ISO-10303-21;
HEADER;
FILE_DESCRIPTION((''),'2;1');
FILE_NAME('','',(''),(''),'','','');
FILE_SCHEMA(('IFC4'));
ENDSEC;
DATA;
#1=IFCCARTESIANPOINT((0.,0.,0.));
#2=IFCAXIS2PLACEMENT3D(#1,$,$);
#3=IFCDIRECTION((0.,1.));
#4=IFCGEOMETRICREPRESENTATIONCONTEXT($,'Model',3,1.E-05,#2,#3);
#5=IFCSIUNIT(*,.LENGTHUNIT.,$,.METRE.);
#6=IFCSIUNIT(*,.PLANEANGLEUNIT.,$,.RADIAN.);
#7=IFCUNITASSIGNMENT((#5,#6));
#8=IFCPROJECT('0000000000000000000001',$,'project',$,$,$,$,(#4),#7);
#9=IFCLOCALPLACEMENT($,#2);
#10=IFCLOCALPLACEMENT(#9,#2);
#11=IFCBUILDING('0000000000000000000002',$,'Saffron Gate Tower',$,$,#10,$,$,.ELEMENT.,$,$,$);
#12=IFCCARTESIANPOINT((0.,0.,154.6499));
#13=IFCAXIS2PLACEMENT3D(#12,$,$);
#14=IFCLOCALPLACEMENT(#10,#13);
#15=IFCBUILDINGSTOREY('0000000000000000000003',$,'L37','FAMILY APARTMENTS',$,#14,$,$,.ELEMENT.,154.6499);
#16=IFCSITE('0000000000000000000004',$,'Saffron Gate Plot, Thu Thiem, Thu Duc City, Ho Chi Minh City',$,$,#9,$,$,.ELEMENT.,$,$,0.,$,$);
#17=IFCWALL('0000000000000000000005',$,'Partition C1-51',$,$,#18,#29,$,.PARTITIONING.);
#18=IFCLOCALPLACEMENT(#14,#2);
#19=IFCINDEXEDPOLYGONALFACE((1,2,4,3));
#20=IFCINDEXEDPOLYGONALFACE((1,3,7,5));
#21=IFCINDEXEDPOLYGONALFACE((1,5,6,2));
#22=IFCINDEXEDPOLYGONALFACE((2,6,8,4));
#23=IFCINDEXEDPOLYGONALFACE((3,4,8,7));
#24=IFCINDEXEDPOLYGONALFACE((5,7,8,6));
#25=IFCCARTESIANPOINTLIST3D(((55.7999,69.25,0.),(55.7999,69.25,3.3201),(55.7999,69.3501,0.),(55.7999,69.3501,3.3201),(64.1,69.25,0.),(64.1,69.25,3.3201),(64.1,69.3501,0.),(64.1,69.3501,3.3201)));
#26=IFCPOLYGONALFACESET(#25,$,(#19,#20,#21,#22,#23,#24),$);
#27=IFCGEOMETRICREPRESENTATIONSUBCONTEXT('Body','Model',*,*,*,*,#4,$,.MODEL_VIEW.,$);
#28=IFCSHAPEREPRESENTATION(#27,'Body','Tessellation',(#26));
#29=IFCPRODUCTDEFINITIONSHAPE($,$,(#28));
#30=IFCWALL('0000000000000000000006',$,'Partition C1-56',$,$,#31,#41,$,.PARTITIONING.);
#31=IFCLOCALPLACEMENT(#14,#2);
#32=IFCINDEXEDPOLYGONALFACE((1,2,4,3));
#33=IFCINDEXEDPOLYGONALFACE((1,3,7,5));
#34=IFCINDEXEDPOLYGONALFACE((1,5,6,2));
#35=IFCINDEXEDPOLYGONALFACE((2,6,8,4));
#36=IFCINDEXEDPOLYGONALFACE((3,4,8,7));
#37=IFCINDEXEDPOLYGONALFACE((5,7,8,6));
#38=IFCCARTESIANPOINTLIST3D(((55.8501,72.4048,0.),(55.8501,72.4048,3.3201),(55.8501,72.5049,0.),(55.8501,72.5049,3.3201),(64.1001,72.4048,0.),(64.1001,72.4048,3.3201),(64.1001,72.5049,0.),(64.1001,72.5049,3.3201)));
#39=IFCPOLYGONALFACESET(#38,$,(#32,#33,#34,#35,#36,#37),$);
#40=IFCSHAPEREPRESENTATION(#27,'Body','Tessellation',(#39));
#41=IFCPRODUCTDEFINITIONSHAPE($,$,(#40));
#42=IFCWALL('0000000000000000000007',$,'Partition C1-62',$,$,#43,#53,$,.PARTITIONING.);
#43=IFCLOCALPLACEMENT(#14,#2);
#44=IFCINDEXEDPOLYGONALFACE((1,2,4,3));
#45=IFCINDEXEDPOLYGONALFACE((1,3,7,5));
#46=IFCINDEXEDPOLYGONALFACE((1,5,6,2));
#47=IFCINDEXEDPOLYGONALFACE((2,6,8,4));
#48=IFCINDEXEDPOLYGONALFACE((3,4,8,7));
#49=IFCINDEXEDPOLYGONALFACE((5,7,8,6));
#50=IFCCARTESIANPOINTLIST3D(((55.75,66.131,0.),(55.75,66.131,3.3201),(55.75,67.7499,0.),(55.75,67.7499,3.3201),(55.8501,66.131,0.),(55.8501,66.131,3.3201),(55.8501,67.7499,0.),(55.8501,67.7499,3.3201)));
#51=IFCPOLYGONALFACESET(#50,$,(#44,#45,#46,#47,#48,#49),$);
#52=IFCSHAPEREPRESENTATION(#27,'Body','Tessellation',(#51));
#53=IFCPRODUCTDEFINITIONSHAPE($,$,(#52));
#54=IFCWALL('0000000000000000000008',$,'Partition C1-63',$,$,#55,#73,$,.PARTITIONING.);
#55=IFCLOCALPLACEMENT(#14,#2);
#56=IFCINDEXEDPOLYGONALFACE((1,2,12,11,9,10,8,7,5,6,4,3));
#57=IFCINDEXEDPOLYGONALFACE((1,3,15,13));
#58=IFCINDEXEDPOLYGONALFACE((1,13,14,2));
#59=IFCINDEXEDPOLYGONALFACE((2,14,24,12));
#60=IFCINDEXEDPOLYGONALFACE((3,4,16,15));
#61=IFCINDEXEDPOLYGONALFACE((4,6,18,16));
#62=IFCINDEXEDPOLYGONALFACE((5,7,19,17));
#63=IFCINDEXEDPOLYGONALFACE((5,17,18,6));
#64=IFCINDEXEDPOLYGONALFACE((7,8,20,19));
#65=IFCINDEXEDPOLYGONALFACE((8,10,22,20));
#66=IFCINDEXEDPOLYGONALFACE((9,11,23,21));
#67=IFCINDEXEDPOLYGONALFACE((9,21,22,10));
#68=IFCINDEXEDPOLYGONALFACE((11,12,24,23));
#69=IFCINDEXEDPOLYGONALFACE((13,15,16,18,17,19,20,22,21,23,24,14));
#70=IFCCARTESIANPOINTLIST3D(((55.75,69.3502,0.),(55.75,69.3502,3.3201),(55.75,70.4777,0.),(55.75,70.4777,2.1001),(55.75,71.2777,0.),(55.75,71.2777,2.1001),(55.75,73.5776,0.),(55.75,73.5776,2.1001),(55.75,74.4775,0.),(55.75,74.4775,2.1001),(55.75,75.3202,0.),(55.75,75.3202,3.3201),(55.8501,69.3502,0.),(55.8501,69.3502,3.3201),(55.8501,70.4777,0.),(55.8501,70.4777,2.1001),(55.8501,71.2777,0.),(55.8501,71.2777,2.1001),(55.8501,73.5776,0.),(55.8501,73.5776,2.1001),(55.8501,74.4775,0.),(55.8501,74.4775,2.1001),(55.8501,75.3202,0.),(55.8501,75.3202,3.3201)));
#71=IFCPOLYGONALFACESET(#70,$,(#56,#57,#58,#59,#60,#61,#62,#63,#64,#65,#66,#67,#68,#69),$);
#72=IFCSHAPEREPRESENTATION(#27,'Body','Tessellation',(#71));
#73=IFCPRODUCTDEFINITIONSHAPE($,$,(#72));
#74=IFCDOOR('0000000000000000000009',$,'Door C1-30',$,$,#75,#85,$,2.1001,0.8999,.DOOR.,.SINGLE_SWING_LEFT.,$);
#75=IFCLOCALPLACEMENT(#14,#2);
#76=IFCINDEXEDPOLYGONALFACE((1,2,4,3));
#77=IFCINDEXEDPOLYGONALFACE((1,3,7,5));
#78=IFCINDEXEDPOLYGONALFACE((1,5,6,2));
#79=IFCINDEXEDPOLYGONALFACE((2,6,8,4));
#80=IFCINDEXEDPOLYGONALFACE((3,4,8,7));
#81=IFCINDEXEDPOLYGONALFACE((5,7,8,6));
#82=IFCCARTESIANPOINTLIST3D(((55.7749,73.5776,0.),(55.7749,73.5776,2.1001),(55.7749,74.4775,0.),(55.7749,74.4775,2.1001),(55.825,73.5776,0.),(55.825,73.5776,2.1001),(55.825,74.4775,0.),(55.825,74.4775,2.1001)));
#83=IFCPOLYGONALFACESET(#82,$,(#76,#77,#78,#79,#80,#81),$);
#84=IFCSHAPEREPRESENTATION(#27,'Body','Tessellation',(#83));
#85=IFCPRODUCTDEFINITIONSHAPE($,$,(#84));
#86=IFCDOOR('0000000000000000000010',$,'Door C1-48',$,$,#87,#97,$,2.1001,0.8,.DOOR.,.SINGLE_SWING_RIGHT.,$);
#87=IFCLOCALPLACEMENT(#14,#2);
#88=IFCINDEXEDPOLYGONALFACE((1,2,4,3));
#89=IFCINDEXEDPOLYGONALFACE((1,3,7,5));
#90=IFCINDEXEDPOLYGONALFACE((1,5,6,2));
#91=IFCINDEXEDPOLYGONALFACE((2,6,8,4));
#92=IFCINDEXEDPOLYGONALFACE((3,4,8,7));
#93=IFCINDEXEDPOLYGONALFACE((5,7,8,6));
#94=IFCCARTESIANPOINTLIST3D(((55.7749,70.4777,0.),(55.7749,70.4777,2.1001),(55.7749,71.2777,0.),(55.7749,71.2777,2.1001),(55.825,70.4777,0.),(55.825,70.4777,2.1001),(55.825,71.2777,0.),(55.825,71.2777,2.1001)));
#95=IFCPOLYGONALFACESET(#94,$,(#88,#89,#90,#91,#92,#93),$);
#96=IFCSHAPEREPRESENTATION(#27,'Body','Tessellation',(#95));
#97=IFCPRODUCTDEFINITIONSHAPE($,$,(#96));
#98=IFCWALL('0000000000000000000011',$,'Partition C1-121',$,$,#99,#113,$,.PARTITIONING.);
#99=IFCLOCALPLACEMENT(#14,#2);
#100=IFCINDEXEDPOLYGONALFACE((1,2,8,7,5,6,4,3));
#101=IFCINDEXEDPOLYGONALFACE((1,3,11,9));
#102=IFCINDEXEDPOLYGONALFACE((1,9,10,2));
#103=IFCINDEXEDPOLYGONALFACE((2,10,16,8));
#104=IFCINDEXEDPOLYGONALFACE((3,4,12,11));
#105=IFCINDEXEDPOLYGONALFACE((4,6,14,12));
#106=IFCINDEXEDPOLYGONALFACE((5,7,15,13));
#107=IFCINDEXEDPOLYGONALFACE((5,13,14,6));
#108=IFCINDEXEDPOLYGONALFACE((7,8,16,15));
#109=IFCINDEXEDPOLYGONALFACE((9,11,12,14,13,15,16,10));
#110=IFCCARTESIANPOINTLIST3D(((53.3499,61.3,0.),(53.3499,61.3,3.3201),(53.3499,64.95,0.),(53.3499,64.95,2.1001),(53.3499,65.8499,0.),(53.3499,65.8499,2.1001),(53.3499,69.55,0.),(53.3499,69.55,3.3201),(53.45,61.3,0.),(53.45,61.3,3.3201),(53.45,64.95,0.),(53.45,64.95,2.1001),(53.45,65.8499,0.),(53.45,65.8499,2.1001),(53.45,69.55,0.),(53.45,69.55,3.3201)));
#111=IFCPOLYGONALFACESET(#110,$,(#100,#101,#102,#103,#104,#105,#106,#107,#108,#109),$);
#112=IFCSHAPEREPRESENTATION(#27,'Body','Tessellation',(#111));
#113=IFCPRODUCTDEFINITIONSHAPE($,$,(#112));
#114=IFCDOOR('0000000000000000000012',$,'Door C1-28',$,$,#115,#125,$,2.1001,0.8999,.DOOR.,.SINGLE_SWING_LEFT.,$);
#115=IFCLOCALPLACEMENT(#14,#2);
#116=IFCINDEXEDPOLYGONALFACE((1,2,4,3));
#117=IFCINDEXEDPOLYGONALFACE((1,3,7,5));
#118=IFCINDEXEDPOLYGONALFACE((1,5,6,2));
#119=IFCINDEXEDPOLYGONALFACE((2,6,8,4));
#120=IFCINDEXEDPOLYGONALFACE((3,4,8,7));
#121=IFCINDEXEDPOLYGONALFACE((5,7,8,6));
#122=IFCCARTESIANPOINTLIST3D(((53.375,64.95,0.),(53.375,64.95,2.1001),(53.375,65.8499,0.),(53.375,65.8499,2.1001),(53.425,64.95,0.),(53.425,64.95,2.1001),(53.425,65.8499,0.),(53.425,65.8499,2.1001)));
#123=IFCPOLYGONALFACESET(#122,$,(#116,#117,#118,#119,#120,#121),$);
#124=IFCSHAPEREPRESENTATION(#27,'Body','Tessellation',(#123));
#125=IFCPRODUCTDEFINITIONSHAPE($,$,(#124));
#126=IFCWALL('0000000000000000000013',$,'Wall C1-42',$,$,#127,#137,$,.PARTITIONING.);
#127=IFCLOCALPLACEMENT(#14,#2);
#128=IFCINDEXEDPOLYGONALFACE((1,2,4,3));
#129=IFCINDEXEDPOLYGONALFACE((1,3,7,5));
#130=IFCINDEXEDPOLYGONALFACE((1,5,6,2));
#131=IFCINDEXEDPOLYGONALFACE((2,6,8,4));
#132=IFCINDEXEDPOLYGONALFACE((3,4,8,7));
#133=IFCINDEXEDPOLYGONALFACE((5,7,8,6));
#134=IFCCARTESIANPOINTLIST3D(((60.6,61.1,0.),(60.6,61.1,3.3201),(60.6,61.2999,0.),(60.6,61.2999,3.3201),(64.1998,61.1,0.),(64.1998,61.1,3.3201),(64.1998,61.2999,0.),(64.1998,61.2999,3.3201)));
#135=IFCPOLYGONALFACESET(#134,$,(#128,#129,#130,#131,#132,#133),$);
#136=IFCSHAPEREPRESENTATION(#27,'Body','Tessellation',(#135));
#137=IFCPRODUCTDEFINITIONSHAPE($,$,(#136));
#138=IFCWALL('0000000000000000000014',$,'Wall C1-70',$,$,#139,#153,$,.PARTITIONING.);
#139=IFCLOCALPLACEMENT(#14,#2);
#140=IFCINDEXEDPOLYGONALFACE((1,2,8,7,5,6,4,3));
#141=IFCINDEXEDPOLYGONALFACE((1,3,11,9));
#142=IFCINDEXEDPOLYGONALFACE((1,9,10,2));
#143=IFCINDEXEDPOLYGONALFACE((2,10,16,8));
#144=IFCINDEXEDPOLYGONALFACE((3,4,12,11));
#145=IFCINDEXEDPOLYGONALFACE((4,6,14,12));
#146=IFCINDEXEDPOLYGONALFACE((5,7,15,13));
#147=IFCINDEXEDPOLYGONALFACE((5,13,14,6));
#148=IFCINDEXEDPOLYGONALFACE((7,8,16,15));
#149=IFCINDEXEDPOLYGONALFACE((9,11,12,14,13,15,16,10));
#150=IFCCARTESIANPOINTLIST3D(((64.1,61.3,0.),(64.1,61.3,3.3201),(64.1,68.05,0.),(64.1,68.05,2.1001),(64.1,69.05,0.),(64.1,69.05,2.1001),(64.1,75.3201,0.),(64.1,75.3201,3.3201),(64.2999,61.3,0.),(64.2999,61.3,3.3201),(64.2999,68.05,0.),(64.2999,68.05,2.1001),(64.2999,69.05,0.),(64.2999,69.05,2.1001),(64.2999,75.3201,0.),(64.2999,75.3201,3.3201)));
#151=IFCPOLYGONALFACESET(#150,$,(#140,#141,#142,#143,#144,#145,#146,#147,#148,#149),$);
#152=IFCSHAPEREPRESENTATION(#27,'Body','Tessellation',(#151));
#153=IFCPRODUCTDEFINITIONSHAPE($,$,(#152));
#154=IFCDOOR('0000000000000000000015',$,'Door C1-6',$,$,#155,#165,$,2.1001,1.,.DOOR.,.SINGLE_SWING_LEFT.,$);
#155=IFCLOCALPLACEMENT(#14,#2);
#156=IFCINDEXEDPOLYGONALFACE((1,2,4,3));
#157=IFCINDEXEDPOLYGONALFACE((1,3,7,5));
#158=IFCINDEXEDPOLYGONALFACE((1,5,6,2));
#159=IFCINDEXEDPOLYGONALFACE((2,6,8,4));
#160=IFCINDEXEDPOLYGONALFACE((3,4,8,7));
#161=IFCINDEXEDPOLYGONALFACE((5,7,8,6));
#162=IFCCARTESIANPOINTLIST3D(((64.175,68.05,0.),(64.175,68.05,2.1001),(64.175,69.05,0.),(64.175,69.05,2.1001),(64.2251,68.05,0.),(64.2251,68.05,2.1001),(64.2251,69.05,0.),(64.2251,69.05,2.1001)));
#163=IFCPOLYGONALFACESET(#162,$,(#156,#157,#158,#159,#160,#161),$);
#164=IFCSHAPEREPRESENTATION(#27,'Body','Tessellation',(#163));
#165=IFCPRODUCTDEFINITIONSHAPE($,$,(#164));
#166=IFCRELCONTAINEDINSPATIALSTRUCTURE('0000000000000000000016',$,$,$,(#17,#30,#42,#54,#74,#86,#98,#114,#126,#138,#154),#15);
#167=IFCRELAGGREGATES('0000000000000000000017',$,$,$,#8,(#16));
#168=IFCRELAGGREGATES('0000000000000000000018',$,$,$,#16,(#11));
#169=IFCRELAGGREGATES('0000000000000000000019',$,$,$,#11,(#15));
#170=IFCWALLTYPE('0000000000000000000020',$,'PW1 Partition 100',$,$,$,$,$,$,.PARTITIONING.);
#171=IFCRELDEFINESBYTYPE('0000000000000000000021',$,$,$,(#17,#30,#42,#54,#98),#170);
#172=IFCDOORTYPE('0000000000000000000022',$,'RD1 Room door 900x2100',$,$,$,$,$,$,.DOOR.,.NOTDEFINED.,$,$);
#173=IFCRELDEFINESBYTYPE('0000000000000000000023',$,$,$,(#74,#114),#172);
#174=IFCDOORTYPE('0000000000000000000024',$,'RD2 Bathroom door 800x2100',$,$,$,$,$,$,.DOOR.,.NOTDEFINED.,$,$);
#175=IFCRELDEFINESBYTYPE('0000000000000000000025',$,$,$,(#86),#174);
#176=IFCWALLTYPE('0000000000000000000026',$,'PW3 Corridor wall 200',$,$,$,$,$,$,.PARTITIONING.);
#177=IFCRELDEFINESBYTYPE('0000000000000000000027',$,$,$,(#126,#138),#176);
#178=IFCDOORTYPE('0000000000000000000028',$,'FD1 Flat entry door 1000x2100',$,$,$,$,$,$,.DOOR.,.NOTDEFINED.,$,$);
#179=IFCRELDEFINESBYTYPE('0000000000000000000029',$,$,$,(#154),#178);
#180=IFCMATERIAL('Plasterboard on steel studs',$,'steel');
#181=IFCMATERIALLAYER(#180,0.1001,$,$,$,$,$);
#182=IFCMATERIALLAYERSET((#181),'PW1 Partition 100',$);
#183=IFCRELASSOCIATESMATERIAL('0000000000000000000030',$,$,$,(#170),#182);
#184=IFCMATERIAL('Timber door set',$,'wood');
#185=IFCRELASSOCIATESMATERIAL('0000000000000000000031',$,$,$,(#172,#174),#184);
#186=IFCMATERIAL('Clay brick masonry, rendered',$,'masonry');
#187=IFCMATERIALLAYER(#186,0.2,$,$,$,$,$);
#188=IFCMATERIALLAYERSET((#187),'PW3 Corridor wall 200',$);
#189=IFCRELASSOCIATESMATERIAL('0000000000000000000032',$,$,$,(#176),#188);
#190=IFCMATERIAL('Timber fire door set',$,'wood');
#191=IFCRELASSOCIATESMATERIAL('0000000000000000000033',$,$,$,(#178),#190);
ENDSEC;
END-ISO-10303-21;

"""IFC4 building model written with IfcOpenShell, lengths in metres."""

from ifc_helpers import new_model, si_unit, direction, frame, frame_2d, origin, place, context, subcontext, project, spatial, rectangle, extrude, material, layer, layer_set, type_object, element, fill, save


model = new_model("IFC4")

# Units and contexts
model_context = context("Model", 3, precision=1e-05, world=origin(), true_north=direction((0.0, 1.0)))
body_context = subcontext(model_context, "Body", "Model", "MODEL_VIEW")
ifc_project = project(units=[si_unit("LENGTHUNIT", "METRE"), si_unit("PLANEANGLEUNIT", "RADIAN")], contexts=[model_context])

# Site, building, storey
site_placement = place(None, origin())
site = spatial("IfcSite", under=ifc_project, at=site_placement, Name="Saffron Gate Plot, Thu Thiem, Thu Duc City, Ho Chi Minh City", CompositionType="ELEMENT", RefElevation=0.0)
building_placement = place(site_placement, origin())
building = spatial("IfcBuilding", under=site, at=building_placement, Name="Saffron Gate Tower", CompositionType="ELEMENT")
storey_placement = place(building_placement, frame((0.0, 0.0, 154.6499)))
storey = spatial("IfcBuildingStorey", under=building, at=storey_placement, Name="L37", Description="FAMILY APARTMENTS", CompositionType="ELEMENT", Elevation=154.6499)

# Shared definitions
ifc_material_1 = material(Name="Plasterboard on steel studs", Category="steel")
ifc_layer_1 = layer(ifc_material_1, 0.1001)
ifc_layer_set_1 = layer_set([ifc_layer_1], Name="PW1 Partition 100")
wall_type_1 = type_object("IfcWallType", Name="PW1 Partition 100", PredefinedType="PARTITIONING", material=ifc_layer_set_1)

# Shared definitions
ifc_material_2 = material(Name="Timber door set", Category="wood")
door_type_1 = type_object("IfcDoorType", Name="RD1 Room door 900x2100", OperationType="NOTDEFINED", PredefinedType="DOOR", material=ifc_material_2)

# Walls
wall_1_placement = place(storey_placement, frame((55.8, 69.3, 0.0), z_axis=(0.0, 0.0, 1.0), x_axis=(1.0, 0.0, 0.0)))
element("IfcWall", 1, at=wall_1_placement, inside=storey, type_object=wall_type_1, Name="Partition C1-51", PredefinedType="PARTITIONING", context=body_context, shape_type="SweptSolid", body=[
    extrude(rectangle(XDim=8.3, YDim=0.1001, at=frame_2d((4.1499, 0.0))), origin(), (0.0, 0.0, 1.0), 3.3201),
])
wall_2_placement = place(storey_placement, frame((55.8501, 72.4548, 0.0), z_axis=(0.0, 0.0, 1.0), x_axis=(1.0, 0.0, 0.0)))
element("IfcWall", 2, at=wall_2_placement, inside=storey, type_object=wall_type_1, Name="Partition C1-56", PredefinedType="PARTITIONING", context=body_context, shape_type="SweptSolid", body=[
    extrude(rectangle(XDim=8.25, YDim=0.1001, at=frame_2d((4.125, 0.0))), origin(), (0.0, 0.0, 1.0), 3.3201),
])
wall_3_placement = place(storey_placement, frame((55.8, 67.75, 0.0), z_axis=(0.0, 0.0, 1.0), x_axis=(0.0, -1.0, 0.0)))
element("IfcWall", 3, at=wall_3_placement, inside=storey, type_object=wall_type_1, Name="Partition C1-62", PredefinedType="PARTITIONING", context=body_context, shape_type="SweptSolid", body=[
    extrude(rectangle(XDim=1.6189, YDim=0.1001, at=frame_2d((0.8096, 0.0))), origin(), (0.0, 0.0, 1.0), 3.3201),
])

# Wall, openings, doors
wall_4_placement = place(storey_placement, frame((55.8, 75.3201, 0.0), z_axis=(0.0, 0.0, 1.0), x_axis=(0.0, -1.0, 0.0)))
wall_4 = element("IfcWall", 4, at=wall_4_placement, inside=storey, type_object=wall_type_1, Name="Partition C1-63", PredefinedType="PARTITIONING", context=body_context, shape_type="SweptSolid", body=[
    extrude(rectangle(XDim=5.97, YDim=0.1001, at=frame_2d((2.9849, 0.0))), origin(), (0.0, 0.0, 1.0), 3.3201),
])
opening_1_placement = place(wall_4_placement, frame((0.8425, 0.0, 0.0)))
opening_1 = element("IfcOpeningElement", 5, at=opening_1_placement, cuts=wall_4, PredefinedType="OPENING", context=body_context, shape_type="SweptSolid", body=[
    extrude(rectangle(XDim=0.8999, YDim=2.1001, at=frame_2d((0.45, 1.05))), frame((0.0, 0.0601, 0.0), z_axis=(0.0, -1.0, 0.0), x_axis=(1.0, 0.0, 0.0)), (0.0, 0.0, 1.0), 0.1201),
])
opening_2_placement = place(wall_4_placement, frame((4.0425, 0.0, 0.0)))
opening_2 = element("IfcOpeningElement", 6, at=opening_2_placement, cuts=wall_4, PredefinedType="OPENING", context=body_context, shape_type="SweptSolid", body=[
    extrude(rectangle(XDim=0.8, YDim=2.1001, at=frame_2d((0.3999, 1.05))), frame((0.0, 0.0601, 0.0), z_axis=(0.0, -1.0, 0.0), x_axis=(1.0, 0.0, 0.0)), (0.0, 0.0, 1.0), 0.1201),
])
door_1_placement = place(opening_1_placement, origin())
door_1 = element("IfcDoor", 7, at=door_1_placement, inside=storey, type_object=door_type_1, Name="Door C1-30", OperationType="SINGLE_SWING_LEFT", OverallHeight=2.1001, OverallWidth=0.8999, PredefinedType="DOOR", context=body_context, shape_type="SweptSolid", body=[
    extrude(rectangle(XDim=0.8999, YDim=2.1001, at=frame_2d((0.45, 1.05))), frame((0.0, 0.0249, 0.0), z_axis=(0.0, -1.0, 0.0), x_axis=(1.0, 0.0, 0.0)), (0.0, 0.0, 1.0), 0.05),
])
fill(opening_1, door_1)
door_type_2 = type_object("IfcDoorType", Name="RD2 Bathroom door 800x2100", OperationType="NOTDEFINED", PredefinedType="DOOR", material=ifc_material_2)
door_2_placement = place(opening_2_placement, origin())
door_2 = element("IfcDoor", 8, at=door_2_placement, inside=storey, type_object=door_type_2, Name="Door C1-48", OperationType="SINGLE_SWING_RIGHT", OverallHeight=2.1001, OverallWidth=0.8, PredefinedType="DOOR", context=body_context, shape_type="SweptSolid", body=[
    extrude(rectangle(XDim=0.8, YDim=2.1001, at=frame_2d((0.3999, 1.05))), frame((0.0, 0.0249, 0.0), z_axis=(0.0, -1.0, 0.0), x_axis=(1.0, 0.0, 0.0)), (0.0, 0.0, 1.0), 0.05),
])
fill(opening_2, door_2)

# Wall, opening, door
wall_5_placement = place(storey_placement, frame((53.3999, 61.3, 0.0), z_axis=(0.0, 0.0, 1.0), x_axis=(0.0, 1.0, 0.0)))
wall_5 = element("IfcWall", 9, at=wall_5_placement, inside=storey, type_object=wall_type_1, Name="Partition C1-121", PredefinedType="PARTITIONING", context=body_context, shape_type="SweptSolid", body=[
    extrude(rectangle(XDim=8.25, YDim=0.1001, at=frame_2d((4.125, 0.0))), origin(), (0.0, 0.0, 1.0), 3.3201),
])
opening_3_placement = place(wall_5_placement, frame((3.6499, 0.0, 0.0)))
opening_3 = element("IfcOpeningElement", 10, at=opening_3_placement, cuts=wall_5, PredefinedType="OPENING", context=body_context, shape_type="SweptSolid", body=[
    extrude(rectangle(XDim=0.8999, YDim=2.1001, at=frame_2d((0.45, 1.05))), frame((0.0, 0.0601, 0.0), z_axis=(0.0, -1.0, 0.0), x_axis=(1.0, 0.0, 0.0)), (0.0, 0.0, 1.0), 0.1201),
])
door_3_placement = place(opening_3_placement, origin())
door_3 = element("IfcDoor", 11, at=door_3_placement, inside=storey, type_object=door_type_1, Name="Door C1-28", OperationType="SINGLE_SWING_LEFT", OverallHeight=2.1001, OverallWidth=0.8999, PredefinedType="DOOR", context=body_context, shape_type="SweptSolid", body=[
    extrude(rectangle(XDim=0.8999, YDim=2.1001, at=frame_2d((0.45, 1.05))), frame((0.0, 0.0249, 0.0), z_axis=(0.0, -1.0, 0.0), x_axis=(1.0, 0.0, 0.0)), (0.0, 0.0, 1.0), 0.05),
])
fill(opening_3, door_3)

# Wall
ifc_material_3 = material(Name="Clay brick masonry, rendered", Category="masonry")
ifc_layer_2 = layer(ifc_material_3, 0.2)
ifc_layer_set_2 = layer_set([ifc_layer_2], Name="PW3 Corridor wall 200")
wall_type_2 = type_object("IfcWallType", Name="PW3 Corridor wall 200", PredefinedType="PARTITIONING", material=ifc_layer_set_2)
wall_6_placement = place(storey_placement, frame((60.6001, 61.2, 0.0), z_axis=(0.0, 0.0, 1.0), x_axis=(1.0, 0.0, 0.0)))
element("IfcWall", 12, at=wall_6_placement, inside=storey, type_object=wall_type_2, Name="Wall C1-42", PredefinedType="PARTITIONING", context=body_context, shape_type="SweptSolid", body=[
    extrude(rectangle(XDim=3.5999, YDim=0.2, at=frame_2d((1.7998, 0.0))), origin(), (0.0, 0.0, 1.0), 3.3201),
])

# Wall, opening, door
wall_7_placement = place(storey_placement, frame((64.2, 61.3, 0.0), z_axis=(0.0, 0.0, 1.0), x_axis=(0.0, 1.0, 0.0)))
wall_7 = element("IfcWall", 13, at=wall_7_placement, inside=storey, type_object=wall_type_2, Name="Wall C1-70", PredefinedType="PARTITIONING", context=body_context, shape_type="SweptSolid", body=[
    extrude(rectangle(XDim=14.02, YDim=0.2, at=frame_2d((7.01, 0.0))), origin(), (0.0, 0.0, 1.0), 3.3201),
])
opening_4_placement = place(wall_7_placement, frame((6.75, 0.0, 0.0)))
opening_4 = element("IfcOpeningElement", 14, at=opening_4_placement, cuts=wall_7, PredefinedType="OPENING", context=body_context, shape_type="SweptSolid", body=[
    extrude(rectangle(XDim=1.0, YDim=2.1001, at=frame_2d((0.5, 1.05))), frame((0.0, 0.1099, 0.0), z_axis=(0.0, -1.0, 0.0), x_axis=(1.0, 0.0, 0.0)), (0.0, 0.0, 1.0), 0.22),
])
ifc_material_4 = material(Name="Timber fire door set", Category="wood")
door_type_3 = type_object("IfcDoorType", Name="FD1 Flat entry door 1000x2100", OperationType="NOTDEFINED", PredefinedType="DOOR", material=ifc_material_4)
door_4_placement = place(opening_4_placement, origin())
door_4 = element("IfcDoor", 15, at=door_4_placement, inside=storey, type_object=door_type_3, Name="Door C1-6", OperationType="SINGLE_SWING_LEFT", OverallHeight=2.1001, OverallWidth=1.0, PredefinedType="DOOR", context=body_context, shape_type="SweptSolid", body=[
    extrude(rectangle(XDim=1.0, YDim=2.1001, at=frame_2d((0.5, 1.05))), frame((0.0, 0.0249, 0.0), z_axis=(0.0, -1.0, 0.0), x_axis=(1.0, 0.0, 0.0)), (0.0, 0.0, 1.0), 0.05),
])
fill(opening_4, door_4)

save(model, "model.ifc")
